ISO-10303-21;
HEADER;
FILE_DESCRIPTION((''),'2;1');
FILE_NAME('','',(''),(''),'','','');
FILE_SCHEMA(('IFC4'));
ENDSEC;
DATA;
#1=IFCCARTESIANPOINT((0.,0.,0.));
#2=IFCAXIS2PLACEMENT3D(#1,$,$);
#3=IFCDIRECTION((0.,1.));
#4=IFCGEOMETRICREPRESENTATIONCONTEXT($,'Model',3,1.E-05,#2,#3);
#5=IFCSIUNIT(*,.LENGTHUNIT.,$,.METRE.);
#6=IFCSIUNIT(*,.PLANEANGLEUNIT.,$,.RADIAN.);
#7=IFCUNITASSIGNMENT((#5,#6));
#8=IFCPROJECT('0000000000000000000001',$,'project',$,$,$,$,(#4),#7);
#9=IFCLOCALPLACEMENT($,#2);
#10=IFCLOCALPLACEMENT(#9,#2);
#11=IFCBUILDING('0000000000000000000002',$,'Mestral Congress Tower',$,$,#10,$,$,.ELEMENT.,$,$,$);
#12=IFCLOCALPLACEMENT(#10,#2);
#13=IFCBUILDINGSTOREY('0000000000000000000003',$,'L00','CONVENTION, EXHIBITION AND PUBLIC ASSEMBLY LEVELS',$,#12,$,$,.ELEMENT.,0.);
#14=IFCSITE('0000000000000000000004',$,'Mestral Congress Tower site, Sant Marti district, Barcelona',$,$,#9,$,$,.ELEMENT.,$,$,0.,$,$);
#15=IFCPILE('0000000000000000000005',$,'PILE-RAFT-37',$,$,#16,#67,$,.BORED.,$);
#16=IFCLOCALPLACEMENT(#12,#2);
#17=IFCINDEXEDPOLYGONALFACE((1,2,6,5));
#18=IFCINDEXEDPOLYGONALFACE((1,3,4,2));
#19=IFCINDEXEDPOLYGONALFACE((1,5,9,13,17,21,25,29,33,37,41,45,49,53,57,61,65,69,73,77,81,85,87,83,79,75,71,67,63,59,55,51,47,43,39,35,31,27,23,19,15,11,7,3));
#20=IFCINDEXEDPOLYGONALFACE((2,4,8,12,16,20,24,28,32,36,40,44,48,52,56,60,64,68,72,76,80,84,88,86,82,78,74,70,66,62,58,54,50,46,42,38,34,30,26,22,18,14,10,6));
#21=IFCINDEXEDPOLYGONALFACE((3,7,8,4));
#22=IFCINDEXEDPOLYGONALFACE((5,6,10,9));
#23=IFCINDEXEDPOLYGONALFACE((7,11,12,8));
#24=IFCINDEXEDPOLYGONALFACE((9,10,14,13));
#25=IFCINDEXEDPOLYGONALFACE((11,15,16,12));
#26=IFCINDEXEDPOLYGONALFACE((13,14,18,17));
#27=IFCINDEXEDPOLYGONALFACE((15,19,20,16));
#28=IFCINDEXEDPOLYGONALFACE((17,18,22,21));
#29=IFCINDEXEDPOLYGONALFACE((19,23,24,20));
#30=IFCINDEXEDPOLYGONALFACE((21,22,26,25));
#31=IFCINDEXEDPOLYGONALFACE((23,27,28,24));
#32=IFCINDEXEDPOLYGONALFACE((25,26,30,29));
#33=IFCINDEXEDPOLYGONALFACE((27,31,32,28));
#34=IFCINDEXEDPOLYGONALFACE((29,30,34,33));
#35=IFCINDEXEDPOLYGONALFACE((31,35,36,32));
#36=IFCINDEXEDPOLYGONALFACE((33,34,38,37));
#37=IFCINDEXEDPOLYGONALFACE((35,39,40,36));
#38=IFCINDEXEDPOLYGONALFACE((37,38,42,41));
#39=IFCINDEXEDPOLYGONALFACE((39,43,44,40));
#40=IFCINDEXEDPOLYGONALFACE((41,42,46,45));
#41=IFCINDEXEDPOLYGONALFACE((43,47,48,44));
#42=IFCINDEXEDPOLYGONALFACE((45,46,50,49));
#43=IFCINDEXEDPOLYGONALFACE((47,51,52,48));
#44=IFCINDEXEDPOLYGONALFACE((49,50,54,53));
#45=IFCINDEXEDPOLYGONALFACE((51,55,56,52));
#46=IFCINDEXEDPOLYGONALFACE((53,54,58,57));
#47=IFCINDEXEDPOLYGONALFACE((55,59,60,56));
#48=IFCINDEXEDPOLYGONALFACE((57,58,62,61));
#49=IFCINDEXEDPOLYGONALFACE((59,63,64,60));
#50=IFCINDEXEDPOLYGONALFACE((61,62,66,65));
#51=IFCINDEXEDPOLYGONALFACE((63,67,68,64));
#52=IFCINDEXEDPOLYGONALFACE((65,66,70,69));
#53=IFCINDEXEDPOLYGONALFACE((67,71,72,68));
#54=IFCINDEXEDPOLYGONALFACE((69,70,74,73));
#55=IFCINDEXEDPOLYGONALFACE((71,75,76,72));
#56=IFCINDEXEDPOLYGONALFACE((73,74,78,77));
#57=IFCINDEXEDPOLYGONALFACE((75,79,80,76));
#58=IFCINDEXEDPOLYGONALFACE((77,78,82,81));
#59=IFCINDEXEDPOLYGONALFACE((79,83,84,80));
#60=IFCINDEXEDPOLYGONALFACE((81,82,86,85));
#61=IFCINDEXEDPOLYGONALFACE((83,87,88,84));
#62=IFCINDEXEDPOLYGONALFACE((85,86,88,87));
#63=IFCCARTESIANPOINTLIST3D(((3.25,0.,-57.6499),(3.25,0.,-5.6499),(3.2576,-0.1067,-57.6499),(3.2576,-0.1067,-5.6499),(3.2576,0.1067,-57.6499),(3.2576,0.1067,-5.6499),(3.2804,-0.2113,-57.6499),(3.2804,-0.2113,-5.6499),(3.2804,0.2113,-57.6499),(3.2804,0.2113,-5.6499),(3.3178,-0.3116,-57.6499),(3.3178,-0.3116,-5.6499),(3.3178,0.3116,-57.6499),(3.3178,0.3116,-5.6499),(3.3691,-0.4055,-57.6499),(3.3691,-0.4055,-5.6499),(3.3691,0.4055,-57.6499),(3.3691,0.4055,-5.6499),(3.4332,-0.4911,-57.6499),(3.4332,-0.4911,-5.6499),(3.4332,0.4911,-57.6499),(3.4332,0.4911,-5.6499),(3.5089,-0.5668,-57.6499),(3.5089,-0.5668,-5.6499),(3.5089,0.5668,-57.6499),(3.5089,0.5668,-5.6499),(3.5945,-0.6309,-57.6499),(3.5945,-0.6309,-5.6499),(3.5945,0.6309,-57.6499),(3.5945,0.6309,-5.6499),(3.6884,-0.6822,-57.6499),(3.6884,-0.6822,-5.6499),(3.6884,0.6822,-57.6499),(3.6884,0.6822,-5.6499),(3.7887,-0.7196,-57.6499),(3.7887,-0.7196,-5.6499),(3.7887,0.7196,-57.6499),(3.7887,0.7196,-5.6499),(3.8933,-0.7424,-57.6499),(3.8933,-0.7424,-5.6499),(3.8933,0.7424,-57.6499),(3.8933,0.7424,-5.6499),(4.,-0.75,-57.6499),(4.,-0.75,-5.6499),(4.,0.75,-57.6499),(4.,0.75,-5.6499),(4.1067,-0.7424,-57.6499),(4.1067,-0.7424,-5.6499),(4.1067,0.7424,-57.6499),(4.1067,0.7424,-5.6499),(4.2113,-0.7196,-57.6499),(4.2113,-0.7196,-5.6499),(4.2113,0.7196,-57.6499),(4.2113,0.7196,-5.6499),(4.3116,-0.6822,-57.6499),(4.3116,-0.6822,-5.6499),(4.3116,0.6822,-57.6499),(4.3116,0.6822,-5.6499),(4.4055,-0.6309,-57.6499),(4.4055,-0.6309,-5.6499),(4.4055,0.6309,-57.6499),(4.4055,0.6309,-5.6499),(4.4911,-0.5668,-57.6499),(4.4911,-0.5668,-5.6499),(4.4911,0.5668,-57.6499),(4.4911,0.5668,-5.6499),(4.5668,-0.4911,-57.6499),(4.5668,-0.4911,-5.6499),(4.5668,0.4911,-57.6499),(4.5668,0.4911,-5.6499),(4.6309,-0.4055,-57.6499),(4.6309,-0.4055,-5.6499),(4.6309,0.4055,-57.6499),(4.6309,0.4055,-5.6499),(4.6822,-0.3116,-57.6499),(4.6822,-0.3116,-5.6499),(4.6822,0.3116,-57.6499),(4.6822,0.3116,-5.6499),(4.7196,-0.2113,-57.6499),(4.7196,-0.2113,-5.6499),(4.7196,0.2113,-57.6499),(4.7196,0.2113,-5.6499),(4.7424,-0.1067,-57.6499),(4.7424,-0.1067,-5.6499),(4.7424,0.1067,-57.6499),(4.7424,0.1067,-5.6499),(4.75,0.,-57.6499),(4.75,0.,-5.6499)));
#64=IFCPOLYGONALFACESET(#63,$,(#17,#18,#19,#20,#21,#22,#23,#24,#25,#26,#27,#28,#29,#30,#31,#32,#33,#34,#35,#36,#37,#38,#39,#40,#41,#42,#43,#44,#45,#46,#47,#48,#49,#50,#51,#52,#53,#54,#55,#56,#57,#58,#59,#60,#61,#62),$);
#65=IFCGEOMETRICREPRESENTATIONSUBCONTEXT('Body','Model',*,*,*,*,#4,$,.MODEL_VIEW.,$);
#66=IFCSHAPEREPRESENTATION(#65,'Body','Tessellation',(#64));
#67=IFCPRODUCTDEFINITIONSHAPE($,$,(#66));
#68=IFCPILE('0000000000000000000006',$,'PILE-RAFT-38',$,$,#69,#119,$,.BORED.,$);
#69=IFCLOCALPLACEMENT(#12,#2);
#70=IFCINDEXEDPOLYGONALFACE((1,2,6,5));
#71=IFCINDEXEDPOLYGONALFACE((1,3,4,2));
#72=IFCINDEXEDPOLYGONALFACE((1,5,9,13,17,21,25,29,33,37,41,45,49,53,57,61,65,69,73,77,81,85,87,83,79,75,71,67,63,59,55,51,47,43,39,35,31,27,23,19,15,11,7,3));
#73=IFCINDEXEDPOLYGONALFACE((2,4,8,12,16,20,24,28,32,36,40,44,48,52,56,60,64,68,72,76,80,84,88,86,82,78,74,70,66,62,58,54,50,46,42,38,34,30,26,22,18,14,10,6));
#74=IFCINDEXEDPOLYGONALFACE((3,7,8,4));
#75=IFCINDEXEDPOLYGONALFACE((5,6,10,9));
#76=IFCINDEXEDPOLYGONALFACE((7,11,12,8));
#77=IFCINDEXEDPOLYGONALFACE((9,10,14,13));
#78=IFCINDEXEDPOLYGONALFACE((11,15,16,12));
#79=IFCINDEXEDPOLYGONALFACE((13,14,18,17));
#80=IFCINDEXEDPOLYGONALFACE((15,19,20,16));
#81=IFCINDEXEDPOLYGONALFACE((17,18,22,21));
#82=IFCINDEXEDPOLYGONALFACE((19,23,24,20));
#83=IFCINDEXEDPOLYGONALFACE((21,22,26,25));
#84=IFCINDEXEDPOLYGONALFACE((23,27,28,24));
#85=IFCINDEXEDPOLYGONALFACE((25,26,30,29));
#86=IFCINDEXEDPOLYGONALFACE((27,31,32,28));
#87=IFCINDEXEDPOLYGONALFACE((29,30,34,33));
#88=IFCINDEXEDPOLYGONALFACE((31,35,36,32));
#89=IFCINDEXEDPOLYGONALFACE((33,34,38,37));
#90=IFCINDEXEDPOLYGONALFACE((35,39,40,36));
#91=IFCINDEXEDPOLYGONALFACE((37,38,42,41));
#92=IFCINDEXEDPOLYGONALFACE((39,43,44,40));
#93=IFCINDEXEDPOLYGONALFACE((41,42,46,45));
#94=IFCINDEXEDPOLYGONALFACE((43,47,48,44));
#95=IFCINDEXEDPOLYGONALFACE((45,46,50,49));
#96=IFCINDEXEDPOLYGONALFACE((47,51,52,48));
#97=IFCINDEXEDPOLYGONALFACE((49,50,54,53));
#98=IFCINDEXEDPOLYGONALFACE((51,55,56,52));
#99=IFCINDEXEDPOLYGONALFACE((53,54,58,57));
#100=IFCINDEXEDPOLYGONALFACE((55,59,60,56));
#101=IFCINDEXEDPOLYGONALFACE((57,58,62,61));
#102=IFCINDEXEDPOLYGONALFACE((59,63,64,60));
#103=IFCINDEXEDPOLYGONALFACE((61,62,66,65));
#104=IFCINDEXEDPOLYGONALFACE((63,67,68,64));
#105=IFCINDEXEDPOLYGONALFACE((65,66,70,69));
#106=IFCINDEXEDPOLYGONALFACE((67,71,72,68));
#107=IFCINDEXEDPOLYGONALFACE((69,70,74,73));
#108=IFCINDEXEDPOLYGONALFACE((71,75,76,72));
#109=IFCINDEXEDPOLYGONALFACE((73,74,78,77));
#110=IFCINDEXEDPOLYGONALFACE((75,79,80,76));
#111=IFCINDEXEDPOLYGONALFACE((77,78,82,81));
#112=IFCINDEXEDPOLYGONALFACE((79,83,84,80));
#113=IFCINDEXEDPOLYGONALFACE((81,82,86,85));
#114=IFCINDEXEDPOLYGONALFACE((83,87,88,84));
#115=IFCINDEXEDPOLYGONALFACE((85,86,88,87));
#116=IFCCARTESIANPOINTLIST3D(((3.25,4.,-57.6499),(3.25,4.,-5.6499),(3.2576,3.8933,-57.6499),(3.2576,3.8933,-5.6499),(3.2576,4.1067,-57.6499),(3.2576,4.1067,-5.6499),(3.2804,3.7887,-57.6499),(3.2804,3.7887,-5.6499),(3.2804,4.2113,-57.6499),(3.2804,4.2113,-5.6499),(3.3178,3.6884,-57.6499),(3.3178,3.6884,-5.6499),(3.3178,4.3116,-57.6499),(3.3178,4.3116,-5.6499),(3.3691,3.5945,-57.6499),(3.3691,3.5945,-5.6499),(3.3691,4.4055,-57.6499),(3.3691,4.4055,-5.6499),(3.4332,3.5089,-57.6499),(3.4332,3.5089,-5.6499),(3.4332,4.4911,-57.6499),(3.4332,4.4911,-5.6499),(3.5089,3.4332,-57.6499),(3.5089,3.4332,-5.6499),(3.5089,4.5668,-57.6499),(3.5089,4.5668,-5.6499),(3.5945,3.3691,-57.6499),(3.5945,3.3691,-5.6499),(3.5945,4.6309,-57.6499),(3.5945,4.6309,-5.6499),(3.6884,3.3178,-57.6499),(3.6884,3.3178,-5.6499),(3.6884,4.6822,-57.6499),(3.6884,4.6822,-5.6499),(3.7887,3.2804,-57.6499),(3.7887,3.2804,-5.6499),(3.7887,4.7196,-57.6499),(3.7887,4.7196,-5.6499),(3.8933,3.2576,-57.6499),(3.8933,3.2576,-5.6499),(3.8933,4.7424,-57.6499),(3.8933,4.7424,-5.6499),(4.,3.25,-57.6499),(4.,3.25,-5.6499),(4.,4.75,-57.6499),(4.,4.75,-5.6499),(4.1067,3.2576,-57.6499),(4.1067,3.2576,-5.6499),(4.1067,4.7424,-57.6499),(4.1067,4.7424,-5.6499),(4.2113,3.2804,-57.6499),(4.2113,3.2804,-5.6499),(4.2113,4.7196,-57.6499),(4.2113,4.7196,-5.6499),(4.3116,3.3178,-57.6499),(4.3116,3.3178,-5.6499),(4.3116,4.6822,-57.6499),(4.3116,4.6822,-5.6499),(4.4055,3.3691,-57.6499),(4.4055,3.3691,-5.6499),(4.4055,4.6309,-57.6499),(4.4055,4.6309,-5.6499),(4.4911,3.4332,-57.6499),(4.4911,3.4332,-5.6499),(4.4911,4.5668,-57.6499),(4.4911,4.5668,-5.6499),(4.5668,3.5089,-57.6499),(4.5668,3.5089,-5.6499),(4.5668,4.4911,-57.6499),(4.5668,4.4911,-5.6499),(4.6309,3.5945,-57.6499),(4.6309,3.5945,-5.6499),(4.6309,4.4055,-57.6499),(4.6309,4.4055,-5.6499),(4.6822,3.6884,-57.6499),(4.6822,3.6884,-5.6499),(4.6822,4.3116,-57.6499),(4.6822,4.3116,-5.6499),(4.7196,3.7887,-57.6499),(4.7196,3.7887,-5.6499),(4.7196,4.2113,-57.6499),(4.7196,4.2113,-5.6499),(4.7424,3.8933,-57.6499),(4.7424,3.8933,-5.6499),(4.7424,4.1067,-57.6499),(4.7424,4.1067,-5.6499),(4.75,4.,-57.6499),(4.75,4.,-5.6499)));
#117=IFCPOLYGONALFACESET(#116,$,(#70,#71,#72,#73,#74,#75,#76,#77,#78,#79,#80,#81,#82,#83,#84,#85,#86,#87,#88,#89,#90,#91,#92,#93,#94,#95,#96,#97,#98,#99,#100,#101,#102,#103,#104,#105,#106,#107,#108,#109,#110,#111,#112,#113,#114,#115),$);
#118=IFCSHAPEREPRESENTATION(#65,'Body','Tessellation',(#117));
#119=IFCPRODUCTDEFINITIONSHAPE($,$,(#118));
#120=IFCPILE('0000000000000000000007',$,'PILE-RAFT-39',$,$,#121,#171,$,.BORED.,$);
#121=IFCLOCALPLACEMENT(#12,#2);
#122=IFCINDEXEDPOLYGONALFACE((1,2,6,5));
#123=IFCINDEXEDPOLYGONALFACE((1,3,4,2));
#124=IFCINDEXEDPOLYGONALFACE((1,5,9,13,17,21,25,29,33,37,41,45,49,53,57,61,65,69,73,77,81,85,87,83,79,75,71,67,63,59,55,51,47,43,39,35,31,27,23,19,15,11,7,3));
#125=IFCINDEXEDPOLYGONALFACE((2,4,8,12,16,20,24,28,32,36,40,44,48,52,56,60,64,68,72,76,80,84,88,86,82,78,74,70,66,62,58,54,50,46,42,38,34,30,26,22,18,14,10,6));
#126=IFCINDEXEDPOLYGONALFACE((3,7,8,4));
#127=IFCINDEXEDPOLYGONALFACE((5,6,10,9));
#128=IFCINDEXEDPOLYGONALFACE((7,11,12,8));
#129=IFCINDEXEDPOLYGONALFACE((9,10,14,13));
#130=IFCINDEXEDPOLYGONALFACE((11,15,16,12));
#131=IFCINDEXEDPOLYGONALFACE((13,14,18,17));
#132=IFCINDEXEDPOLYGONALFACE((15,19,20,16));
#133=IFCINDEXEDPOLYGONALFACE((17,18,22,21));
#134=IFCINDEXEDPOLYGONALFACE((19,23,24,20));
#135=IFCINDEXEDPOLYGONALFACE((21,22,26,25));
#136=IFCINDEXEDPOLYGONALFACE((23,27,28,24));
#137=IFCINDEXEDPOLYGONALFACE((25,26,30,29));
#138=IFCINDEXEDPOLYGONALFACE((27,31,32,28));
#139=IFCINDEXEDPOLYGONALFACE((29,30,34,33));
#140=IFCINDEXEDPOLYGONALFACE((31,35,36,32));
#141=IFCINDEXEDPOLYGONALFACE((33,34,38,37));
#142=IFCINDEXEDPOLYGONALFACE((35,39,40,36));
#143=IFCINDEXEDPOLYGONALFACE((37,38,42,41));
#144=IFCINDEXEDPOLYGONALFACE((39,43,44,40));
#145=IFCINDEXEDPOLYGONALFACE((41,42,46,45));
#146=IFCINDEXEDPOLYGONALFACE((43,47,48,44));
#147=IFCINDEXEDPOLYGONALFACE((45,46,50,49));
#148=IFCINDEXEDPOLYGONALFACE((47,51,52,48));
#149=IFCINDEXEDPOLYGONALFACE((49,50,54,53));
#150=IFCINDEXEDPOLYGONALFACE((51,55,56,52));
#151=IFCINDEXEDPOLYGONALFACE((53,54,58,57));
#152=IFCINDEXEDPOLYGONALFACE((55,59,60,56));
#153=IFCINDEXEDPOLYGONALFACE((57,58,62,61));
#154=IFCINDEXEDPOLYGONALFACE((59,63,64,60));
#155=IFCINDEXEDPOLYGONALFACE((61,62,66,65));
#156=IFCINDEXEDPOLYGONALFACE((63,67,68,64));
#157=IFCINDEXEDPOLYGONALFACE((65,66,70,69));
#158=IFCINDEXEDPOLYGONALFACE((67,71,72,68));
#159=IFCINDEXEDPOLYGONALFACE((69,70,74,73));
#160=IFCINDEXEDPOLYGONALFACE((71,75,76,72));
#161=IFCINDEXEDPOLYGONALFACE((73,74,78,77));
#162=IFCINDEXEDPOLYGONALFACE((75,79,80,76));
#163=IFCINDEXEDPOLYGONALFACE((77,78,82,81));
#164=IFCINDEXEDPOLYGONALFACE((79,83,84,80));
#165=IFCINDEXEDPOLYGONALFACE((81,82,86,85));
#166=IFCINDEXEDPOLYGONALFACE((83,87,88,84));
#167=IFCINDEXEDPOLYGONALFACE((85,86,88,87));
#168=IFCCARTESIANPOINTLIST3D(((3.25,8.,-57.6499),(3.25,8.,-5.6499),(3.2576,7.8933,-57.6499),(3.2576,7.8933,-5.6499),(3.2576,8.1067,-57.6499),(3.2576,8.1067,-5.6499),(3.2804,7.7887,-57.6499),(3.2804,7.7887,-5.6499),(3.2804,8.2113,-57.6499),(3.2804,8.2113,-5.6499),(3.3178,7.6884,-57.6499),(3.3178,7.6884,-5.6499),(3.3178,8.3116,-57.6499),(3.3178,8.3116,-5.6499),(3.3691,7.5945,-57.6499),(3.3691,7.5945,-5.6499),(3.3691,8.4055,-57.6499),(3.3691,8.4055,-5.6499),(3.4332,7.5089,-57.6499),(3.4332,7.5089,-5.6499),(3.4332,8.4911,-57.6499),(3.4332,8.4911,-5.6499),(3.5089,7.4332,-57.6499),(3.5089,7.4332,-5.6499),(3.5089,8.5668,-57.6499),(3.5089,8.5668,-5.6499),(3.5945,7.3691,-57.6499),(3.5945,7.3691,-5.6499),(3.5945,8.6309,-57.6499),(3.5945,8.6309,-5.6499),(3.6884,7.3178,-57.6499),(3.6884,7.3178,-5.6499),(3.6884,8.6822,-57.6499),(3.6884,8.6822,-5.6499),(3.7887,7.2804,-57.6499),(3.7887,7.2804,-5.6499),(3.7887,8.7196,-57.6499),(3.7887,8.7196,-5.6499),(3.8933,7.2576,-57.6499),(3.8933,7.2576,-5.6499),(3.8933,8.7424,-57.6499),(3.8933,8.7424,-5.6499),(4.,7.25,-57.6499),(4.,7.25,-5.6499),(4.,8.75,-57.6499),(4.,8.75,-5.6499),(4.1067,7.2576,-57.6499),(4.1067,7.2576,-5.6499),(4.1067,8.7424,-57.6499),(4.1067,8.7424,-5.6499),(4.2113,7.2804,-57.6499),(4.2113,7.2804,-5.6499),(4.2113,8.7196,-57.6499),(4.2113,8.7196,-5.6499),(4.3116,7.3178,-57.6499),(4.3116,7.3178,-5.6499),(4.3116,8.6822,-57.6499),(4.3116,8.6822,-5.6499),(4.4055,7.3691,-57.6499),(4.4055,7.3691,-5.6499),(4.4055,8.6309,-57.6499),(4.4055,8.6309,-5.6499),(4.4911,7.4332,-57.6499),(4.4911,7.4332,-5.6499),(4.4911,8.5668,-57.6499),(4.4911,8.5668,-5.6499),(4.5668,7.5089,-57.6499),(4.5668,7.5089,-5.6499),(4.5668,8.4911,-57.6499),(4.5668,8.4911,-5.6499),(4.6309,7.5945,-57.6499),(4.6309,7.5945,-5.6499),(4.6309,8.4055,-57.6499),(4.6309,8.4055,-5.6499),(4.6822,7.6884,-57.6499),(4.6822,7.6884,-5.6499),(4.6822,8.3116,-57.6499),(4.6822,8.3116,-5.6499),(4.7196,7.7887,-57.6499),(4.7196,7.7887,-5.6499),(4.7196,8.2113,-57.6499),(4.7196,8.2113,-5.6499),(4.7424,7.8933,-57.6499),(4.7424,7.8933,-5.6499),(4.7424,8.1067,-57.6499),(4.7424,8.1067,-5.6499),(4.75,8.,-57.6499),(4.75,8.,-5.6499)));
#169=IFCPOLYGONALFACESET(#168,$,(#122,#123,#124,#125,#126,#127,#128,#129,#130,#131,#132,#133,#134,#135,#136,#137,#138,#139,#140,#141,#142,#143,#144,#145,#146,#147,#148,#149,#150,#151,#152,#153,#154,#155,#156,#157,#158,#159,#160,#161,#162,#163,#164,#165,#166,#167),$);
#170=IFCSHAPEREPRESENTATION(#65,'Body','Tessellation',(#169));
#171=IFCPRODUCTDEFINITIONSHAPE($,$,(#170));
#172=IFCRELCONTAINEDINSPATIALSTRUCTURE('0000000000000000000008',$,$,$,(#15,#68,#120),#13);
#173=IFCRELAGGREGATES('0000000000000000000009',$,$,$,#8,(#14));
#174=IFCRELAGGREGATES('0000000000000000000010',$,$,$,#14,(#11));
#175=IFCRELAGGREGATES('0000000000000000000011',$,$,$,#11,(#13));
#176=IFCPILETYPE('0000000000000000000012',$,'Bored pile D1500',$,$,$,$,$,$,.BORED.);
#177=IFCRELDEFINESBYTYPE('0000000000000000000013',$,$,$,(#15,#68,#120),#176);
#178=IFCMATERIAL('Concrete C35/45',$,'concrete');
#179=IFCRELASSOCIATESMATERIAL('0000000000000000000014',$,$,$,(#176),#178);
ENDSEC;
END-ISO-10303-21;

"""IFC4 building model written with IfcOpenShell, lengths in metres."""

from ifc_helpers import new_model, si_unit, direction, frame, origin, origin_2d, place, context, subcontext, project, spatial, circle, extrude, material, material_profile, profile_set, type_object, element, save


model = new_model("IFC4")

# Units and contexts
model_context = context("Model", 3, precision=1e-05, world=origin(), true_north=direction((0.0, 1.0)))
body_context = subcontext(model_context, "Body", "Model", "MODEL_VIEW")
ifc_project = project(units=[si_unit("LENGTHUNIT", "METRE"), si_unit("PLANEANGLEUNIT", "RADIAN")], contexts=[model_context])

# Site, building, storey
site_placement = place(None, origin())
site = spatial("IfcSite", under=ifc_project, at=site_placement, Name="Mestral Congress Tower site, Sant Marti district, Barcelona", CompositionType="ELEMENT", RefElevation=0.0)
building_placement = place(site_placement, origin())
building = spatial("IfcBuilding", under=site, at=building_placement, Name="Mestral Congress Tower", CompositionType="ELEMENT")
storey_placement = place(building_placement, origin())
storey = spatial("IfcBuildingStorey", under=building, at=storey_placement, Name="L00", Description="CONVENTION, EXHIBITION AND PUBLIC ASSEMBLY LEVELS", CompositionType="ELEMENT", Elevation=0.0)

# Piles
ifc_material_1 = material(Name="Concrete C35/45", Category="concrete")
ifc_material_profile = material_profile(ifc_material_1, circle(Radius=0.75, at=origin_2d()), Name="D1500")
ifc_profile_set = profile_set([ifc_material_profile], Name="Concrete C35/45")
pile_type = type_object("IfcPileType", Name="Bored pile D1500", PredefinedType="BORED", material=ifc_profile_set)
for number, where, z_axis, x_axis, name in (
    (1, (4.0, 0.0, -5.6499), (0.0, 0.0, -1.0), (1.0, 0.0, 0.0), "PILE-RAFT-37"),
    (2, (4.0, 4.0, -5.6499), (0.0, 0.0, -1.0), (1.0, 0.0, 0.0), "PILE-RAFT-38"),
    (3, (4.0, 8.0, -5.6499), (0.0, 0.0, -1.0), (1.0, 0.0, 0.0), "PILE-RAFT-39"),
):
    element("IfcPile", number, at=place(storey_placement, frame(where, z_axis=z_axis, x_axis=x_axis)), inside=storey, type_object=pile_type, Name=name, PredefinedType="BORED", context=body_context, shape_type="SweptSolid", body=[
        extrude(circle(Radius=0.75, at=origin_2d()), origin(), (0.0, 0.0, 1.0), 52.0),
    ])

save(model, "model.ifc")
